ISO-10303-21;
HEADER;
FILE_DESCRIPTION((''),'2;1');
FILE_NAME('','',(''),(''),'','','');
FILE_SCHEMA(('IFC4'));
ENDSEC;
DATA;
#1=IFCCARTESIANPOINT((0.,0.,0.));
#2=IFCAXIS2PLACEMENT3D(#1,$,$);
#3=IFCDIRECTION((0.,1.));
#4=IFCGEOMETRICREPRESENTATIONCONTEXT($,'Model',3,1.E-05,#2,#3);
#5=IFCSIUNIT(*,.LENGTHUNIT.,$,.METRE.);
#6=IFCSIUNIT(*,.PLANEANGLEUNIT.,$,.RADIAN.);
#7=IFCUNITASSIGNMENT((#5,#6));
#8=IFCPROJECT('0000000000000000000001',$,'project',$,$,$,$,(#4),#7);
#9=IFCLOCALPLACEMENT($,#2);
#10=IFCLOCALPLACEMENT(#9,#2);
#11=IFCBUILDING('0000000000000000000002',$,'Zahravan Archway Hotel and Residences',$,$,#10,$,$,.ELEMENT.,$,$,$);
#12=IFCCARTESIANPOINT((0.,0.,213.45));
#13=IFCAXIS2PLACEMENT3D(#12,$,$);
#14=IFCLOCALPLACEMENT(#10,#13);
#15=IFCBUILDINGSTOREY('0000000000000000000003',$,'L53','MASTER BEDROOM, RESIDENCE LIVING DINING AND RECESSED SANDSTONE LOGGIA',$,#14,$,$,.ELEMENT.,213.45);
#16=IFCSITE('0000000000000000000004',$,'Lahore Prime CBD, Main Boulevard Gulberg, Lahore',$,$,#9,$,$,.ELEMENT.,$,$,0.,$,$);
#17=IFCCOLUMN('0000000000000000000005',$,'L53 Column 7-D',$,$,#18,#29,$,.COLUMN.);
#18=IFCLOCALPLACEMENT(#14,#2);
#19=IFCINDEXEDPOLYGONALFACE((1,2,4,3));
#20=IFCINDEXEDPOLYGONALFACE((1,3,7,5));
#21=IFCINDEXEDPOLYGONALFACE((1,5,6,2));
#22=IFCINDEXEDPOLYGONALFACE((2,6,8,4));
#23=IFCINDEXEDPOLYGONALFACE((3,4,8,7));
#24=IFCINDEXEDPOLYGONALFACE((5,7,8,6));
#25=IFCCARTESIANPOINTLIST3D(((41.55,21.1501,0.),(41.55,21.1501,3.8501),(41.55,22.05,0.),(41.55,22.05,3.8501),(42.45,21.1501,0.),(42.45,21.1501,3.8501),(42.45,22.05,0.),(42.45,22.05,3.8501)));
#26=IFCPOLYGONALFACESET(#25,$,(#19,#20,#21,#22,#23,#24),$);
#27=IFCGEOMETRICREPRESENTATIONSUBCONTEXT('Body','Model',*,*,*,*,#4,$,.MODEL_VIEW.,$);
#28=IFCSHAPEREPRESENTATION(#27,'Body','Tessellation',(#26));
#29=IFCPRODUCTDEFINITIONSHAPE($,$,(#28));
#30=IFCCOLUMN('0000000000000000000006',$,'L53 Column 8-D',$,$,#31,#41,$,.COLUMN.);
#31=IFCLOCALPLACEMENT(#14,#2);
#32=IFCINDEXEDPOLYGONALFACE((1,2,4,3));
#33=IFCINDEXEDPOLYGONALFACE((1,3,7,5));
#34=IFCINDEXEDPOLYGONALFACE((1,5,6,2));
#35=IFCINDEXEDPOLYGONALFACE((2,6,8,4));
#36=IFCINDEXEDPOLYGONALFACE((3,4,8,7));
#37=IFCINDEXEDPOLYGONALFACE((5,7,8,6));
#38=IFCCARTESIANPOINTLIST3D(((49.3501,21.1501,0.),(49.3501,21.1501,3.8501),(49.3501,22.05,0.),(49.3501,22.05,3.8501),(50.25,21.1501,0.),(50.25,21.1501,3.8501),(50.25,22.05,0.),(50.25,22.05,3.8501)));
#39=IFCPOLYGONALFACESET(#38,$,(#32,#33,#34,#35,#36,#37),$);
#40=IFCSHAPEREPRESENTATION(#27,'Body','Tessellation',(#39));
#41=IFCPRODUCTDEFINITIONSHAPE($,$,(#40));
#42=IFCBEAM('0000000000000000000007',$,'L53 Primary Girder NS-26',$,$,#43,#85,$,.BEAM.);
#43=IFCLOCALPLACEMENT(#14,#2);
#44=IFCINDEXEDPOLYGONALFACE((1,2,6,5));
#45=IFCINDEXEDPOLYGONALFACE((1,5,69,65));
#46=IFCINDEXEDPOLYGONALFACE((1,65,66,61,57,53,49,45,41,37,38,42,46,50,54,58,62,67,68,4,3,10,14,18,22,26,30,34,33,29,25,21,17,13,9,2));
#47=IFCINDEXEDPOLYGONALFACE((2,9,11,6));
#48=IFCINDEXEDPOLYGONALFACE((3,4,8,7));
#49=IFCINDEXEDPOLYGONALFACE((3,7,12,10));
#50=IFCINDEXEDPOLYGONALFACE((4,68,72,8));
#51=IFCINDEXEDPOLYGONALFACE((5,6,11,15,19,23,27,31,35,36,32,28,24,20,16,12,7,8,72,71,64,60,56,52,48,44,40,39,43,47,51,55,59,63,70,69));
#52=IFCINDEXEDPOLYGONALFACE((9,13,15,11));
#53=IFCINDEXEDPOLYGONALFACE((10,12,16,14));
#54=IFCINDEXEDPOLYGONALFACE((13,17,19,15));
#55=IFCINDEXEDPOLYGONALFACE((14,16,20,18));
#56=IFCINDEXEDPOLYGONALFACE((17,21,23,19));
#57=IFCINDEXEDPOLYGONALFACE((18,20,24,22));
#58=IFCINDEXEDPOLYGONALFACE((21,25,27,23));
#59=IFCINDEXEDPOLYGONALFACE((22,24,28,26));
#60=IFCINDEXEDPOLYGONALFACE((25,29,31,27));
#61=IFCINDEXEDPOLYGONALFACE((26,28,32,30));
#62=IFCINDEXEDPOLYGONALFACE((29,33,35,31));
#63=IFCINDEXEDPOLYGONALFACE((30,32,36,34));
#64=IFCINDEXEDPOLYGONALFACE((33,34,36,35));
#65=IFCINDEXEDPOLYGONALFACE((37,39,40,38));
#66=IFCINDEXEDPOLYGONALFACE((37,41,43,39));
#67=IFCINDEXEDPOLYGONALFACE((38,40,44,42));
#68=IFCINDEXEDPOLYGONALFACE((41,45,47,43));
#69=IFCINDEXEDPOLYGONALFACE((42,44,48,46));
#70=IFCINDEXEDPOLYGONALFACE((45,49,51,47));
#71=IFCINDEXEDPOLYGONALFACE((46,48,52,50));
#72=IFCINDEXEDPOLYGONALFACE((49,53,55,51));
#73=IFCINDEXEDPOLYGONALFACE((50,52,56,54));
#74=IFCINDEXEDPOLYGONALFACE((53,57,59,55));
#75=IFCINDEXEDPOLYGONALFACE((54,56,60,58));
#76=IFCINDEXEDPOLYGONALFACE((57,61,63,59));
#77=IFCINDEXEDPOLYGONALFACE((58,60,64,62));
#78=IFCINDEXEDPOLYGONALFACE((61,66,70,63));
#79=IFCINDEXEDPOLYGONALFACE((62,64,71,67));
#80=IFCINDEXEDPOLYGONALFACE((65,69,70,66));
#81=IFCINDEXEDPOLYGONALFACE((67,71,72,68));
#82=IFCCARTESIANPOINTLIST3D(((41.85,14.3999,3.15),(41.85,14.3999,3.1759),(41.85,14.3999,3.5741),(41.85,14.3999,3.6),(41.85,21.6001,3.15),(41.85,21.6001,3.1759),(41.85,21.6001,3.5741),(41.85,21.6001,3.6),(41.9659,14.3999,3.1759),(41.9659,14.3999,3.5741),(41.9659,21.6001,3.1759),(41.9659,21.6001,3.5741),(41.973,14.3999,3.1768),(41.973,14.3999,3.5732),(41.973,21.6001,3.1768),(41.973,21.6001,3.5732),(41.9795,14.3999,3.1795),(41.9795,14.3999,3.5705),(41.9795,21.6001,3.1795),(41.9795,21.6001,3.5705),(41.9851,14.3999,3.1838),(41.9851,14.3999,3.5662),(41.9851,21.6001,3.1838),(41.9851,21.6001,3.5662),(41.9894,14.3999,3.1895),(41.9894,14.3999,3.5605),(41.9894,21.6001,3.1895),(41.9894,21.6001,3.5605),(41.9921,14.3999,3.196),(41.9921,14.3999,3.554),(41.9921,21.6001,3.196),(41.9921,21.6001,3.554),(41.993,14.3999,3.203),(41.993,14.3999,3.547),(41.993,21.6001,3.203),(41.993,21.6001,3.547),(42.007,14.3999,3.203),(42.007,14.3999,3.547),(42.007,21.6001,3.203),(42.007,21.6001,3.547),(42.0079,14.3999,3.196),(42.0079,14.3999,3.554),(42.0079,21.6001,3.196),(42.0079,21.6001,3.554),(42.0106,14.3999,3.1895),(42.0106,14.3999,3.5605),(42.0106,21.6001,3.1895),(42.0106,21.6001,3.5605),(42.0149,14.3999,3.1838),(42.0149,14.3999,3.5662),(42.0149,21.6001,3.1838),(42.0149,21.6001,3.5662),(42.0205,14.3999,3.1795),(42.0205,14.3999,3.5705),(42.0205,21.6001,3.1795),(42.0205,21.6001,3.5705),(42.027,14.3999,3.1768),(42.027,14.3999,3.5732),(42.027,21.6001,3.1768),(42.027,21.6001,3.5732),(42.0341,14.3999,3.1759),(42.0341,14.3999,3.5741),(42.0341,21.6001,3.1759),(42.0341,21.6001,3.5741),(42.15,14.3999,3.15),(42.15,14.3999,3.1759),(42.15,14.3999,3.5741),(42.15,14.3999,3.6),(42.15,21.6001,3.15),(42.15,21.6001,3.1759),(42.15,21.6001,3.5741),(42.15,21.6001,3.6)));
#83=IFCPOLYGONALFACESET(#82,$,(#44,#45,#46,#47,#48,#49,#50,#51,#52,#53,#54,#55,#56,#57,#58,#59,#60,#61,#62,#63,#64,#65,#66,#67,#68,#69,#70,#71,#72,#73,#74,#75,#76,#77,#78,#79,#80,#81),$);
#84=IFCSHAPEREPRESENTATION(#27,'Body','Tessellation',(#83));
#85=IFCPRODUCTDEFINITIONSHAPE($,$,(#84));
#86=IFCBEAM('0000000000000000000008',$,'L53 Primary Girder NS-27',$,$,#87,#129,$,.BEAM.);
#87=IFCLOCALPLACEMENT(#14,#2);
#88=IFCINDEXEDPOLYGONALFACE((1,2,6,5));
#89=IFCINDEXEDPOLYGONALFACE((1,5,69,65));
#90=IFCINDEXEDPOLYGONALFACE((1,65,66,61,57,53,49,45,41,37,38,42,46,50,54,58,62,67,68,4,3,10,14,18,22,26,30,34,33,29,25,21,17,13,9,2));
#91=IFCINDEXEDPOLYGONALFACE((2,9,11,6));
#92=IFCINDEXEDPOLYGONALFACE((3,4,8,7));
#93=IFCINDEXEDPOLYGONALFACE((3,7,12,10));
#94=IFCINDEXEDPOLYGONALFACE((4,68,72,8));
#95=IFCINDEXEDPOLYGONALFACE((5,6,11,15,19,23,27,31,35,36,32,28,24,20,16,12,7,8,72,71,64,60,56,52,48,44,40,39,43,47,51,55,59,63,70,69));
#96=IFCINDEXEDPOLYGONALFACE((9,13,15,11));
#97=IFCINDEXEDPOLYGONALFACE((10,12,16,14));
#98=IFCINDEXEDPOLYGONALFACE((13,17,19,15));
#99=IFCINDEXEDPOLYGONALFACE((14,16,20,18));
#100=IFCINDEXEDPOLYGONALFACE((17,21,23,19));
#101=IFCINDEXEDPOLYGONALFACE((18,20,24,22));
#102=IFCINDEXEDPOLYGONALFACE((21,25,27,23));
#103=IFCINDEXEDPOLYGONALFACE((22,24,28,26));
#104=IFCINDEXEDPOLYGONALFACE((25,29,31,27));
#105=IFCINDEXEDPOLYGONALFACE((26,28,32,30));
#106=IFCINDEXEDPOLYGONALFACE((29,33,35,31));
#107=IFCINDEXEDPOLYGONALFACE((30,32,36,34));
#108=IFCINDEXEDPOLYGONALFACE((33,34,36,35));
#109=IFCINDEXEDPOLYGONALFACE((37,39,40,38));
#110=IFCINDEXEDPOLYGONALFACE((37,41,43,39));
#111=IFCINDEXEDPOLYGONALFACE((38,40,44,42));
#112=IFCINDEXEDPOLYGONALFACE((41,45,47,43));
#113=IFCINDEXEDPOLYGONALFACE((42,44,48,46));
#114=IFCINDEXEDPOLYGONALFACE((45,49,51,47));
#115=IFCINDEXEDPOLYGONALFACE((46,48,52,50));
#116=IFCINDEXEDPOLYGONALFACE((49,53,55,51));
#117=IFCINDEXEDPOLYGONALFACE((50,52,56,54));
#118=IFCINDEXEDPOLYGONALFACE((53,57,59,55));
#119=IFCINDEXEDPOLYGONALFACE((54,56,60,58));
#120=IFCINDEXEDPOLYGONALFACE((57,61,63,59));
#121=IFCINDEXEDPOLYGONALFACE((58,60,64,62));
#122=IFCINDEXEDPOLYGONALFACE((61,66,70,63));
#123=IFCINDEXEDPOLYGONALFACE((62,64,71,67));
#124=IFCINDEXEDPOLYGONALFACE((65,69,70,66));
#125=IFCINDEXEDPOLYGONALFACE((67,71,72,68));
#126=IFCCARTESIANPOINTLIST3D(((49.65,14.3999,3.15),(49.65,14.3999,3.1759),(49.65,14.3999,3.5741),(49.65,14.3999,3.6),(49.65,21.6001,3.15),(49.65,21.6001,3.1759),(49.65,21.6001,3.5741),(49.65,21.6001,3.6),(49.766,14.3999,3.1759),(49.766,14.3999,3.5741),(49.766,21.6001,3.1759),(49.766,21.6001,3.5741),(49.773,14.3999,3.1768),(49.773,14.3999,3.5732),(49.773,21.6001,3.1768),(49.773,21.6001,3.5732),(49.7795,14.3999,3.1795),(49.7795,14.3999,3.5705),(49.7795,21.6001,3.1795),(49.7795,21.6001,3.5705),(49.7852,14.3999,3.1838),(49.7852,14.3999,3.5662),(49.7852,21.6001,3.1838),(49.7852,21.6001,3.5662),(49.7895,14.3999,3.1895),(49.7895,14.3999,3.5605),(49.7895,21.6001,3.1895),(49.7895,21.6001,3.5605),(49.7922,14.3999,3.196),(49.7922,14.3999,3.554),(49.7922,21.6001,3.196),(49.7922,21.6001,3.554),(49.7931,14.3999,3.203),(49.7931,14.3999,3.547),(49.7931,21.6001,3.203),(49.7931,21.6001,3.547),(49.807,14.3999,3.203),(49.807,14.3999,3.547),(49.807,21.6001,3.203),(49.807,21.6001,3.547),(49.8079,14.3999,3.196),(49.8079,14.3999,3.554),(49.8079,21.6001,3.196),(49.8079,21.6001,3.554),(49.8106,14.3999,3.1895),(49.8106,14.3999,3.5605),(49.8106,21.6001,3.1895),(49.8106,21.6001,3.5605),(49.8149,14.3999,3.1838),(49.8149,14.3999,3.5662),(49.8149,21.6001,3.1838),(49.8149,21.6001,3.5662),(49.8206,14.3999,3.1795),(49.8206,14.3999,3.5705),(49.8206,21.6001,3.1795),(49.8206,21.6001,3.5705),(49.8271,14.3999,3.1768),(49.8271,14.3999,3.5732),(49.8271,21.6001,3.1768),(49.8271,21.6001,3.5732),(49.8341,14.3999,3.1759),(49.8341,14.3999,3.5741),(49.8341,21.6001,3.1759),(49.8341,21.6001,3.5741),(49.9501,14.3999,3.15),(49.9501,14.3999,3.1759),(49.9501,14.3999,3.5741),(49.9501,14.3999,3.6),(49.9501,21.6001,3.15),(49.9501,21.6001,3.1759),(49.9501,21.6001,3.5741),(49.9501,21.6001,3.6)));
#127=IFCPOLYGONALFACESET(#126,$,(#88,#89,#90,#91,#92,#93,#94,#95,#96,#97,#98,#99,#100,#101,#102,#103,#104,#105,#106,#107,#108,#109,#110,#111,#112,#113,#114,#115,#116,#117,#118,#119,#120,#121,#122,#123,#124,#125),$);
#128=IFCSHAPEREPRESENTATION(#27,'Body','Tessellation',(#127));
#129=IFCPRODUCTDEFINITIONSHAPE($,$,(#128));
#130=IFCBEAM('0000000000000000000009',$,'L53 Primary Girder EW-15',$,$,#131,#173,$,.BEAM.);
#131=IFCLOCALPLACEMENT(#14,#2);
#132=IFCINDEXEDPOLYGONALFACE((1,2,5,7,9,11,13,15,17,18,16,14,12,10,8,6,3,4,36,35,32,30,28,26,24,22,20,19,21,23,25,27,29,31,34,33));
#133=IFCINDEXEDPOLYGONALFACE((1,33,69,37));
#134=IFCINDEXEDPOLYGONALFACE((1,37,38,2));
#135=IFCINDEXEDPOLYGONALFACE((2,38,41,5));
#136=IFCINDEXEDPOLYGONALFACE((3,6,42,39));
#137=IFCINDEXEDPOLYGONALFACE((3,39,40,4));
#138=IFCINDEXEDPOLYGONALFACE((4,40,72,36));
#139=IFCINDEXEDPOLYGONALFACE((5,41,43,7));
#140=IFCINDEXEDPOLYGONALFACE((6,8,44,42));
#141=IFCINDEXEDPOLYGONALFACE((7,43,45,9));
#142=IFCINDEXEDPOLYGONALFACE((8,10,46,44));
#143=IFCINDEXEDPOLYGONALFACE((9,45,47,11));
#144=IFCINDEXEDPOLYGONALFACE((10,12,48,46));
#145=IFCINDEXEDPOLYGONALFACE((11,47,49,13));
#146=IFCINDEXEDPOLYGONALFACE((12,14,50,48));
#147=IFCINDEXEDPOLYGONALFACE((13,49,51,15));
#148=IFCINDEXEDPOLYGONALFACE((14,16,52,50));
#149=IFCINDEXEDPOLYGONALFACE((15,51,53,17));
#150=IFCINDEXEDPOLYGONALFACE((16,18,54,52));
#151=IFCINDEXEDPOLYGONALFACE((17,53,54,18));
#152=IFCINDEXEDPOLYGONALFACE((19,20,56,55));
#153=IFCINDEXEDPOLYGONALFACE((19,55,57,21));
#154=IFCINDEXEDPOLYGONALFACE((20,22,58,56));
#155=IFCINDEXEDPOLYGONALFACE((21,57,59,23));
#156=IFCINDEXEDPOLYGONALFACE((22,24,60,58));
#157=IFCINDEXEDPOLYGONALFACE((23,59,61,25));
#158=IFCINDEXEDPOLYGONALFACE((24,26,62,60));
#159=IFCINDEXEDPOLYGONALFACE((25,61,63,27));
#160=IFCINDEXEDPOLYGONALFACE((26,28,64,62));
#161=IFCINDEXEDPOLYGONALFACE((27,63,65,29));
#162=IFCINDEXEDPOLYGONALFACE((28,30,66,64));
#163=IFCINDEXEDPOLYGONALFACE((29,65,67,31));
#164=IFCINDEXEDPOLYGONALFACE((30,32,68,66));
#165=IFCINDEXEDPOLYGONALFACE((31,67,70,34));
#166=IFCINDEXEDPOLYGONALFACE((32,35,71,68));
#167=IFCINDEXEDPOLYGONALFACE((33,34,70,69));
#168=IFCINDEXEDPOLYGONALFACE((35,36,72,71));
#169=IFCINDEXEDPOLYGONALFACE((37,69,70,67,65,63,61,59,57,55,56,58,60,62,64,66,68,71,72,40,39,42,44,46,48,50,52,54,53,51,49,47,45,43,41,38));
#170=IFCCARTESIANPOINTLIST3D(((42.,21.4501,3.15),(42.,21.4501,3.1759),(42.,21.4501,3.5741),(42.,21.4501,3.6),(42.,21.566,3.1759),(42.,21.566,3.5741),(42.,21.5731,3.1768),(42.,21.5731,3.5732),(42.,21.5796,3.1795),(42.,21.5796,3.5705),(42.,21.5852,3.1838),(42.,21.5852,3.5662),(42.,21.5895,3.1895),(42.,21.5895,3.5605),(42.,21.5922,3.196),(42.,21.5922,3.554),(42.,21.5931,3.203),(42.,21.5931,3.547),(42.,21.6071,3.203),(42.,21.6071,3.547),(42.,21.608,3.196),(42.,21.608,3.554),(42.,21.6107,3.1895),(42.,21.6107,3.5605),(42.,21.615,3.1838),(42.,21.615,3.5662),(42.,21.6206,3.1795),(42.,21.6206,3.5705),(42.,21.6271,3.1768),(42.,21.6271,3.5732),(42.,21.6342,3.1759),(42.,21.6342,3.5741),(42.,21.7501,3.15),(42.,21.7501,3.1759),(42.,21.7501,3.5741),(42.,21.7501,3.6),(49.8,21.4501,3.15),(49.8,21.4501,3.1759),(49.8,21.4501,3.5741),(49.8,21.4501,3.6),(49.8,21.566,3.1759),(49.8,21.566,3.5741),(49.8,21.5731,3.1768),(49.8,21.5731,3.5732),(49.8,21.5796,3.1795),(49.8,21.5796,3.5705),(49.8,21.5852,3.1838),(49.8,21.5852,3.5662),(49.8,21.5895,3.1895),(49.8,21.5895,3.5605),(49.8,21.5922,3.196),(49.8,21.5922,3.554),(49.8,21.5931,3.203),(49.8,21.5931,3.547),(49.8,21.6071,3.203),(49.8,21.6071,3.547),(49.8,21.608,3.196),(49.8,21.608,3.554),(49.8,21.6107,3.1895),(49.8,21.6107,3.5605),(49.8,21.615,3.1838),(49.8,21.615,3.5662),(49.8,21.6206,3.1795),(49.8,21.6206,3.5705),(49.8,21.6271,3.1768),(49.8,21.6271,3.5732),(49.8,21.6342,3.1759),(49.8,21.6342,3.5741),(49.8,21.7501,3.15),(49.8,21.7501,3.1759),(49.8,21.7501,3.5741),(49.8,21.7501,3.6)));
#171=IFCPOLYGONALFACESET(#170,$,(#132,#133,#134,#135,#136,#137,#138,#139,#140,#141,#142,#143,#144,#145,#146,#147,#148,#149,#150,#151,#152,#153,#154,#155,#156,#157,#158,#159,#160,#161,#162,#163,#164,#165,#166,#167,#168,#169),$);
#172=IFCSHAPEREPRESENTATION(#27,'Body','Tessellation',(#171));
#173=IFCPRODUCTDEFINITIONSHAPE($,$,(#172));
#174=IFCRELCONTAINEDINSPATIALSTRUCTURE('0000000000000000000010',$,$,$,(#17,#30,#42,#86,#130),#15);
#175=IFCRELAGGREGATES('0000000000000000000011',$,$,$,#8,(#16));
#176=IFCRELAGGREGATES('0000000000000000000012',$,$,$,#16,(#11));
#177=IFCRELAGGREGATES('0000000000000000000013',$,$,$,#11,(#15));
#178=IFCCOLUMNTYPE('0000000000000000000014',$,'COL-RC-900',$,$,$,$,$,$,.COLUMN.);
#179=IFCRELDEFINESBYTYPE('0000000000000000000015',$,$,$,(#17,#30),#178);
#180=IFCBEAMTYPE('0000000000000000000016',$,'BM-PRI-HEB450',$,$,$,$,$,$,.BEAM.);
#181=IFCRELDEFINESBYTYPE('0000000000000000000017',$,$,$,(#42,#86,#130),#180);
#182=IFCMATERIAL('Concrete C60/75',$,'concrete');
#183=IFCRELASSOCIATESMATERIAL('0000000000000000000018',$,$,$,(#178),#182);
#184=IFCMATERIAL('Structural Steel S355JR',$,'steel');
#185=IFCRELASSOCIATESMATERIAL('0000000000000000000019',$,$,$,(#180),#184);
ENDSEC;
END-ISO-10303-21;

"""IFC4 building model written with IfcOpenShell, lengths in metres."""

from ifc_helpers import new_model, si_unit, direction, frame, origin, origin_2d, place, context, subcontext, project, spatial, rectangle, i_section, extrude, source, transform, mapped, material, material_profile, profile_set, type_object, type_shapes, element, save


model = new_model("IFC4")

# Units and contexts
model_context = context("Model", 3, precision=1e-05, world=origin(), true_north=direction((0.0, 1.0)))
body_context = subcontext(model_context, "Body", "Model", "MODEL_VIEW")
ifc_project = project(units=[si_unit("LENGTHUNIT", "METRE"), si_unit("PLANEANGLEUNIT", "RADIAN")], contexts=[model_context])

# Site, building, storey
site_placement = place(None, origin())
site = spatial("IfcSite", under=ifc_project, at=site_placement, Name="Lahore Prime CBD, Main Boulevard Gulberg, Lahore", CompositionType="ELEMENT", RefElevation=0.0)
building_placement = place(site_placement, origin())
building = spatial("IfcBuilding", under=site, at=building_placement, Name="Zahravan Archway Hotel and Residences", CompositionType="ELEMENT")
storey_placement = place(building_placement, frame((0.0, 0.0, 213.45)))
storey = spatial("IfcBuildingStorey", under=building, at=storey_placement, Name="L53", Description="MASTER BEDROOM, RESIDENCE LIVING DINING AND RECESSED SANDSTONE LOGGIA", CompositionType="ELEMENT", Elevation=213.45)

# Columns
ifc_material_1 = material(Name="Concrete C60/75", Category="concrete")
ifc_material_profile_1 = material_profile(ifc_material_1, rectangle(XDim=0.8999, YDim=0.8999, at=origin_2d()), Name="RC-COL-900x900", Category="concrete")
ifc_profile_set_1 = profile_set([ifc_material_profile_1], Name="Concrete C60/75")
column_type = type_object("IfcColumnType", Name="COL-RC-900", PredefinedType="COLUMN", material=ifc_profile_set_1)
shared_shape_1 = source(origin(), body_context, "Body", "SweptSolid", [
    extrude(rectangle(XDim=0.8999, YDim=0.8999, at=origin_2d()), origin(), (0.0, 0.0, 1.0), 3.8501),
])
type_shapes(column_type, [shared_shape_1])
for number, where, z_axis, x_axis, name in (
    (1, (42.0, 21.6001, 0.0), (0.0, 0.0, 1.0), (1.0, 0.0, 0.0), "L53 Column 7-D"),
    (2, (49.8, 21.6001, 0.0), (0.0, 0.0, 1.0), (1.0, 0.0, 0.0), "L53 Column 8-D"),
):
    element("IfcColumn", number, at=place(storey_placement, frame(where, z_axis=z_axis, x_axis=x_axis)), inside=storey, type_object=column_type, Name=name, PredefinedType="COLUMN", context=body_context, shape_type="MappedRepresentation", body=[
        mapped(shared_shape_1, transform((0.0, 0.0, 0.0), scale=1.0)),
    ])

# Beams
ifc_material_2 = material(Name="Structural Steel S355JR", Category="steel")
ifc_material_profile_2 = material_profile(ifc_material_2, i_section(OverallWidth=0.3, OverallDepth=0.45, WebThickness=0.0139, FlangeThickness=0.0259, FilletRadius=0.0271, at=origin_2d()), Name="HEB 450", Category="steel")
ifc_profile_set_2 = profile_set([ifc_material_profile_2], Name="Structural Steel S355JR")
beam_type = type_object("IfcBeamType", Name="BM-PRI-HEB450", PredefinedType="BEAM", material=ifc_profile_set_2)
shared_shape_2 = source(origin(), body_context, "Body", "SweptSolid", [
    extrude(i_section(OverallWidth=0.3, OverallDepth=0.45, WebThickness=0.0139, FlangeThickness=0.0259, FilletRadius=0.0271, at=origin_2d()), origin(), (0.0, 0.0, 1.0), 7.2002),
])
type_shapes(beam_type, [shared_shape_2])
for number, where, z_axis, x_axis, name in (
    (3, (42.0, 14.3999, 3.375), (0.0, 1.0, 0.0), (-1.0, 0.0, 0.0), "L53 Primary Girder NS-26"),
    (4, (49.8, 14.3999, 3.375), (0.0, 1.0, 0.0), (-1.0, 0.0, 0.0), "L53 Primary Girder NS-27"),
):
    element("IfcBeam", number, at=place(storey_placement, frame(where, z_axis=z_axis, x_axis=x_axis)), inside=storey, type_object=beam_type, Name=name, PredefinedType="BEAM", context=body_context, shape_type="MappedRepresentation", body=[
        mapped(shared_shape_2, transform((0.0, 0.0, 0.0), scale=1.0)),
    ])
shared_shape_3 = source(origin(), body_context, "Body", "SweptSolid", [
    extrude(i_section(OverallWidth=0.3, OverallDepth=0.45, WebThickness=0.0139, FlangeThickness=0.0259, FilletRadius=0.0271, at=origin_2d()), origin(), (0.0, 0.0, 1.0), 7.8),
])
beam_placement = place(storey_placement, frame((42.0, 21.6001, 3.375), z_axis=(1.0, 0.0, 0.0), x_axis=(0.0, 1.0, 0.0)))
element("IfcBeam", 5, at=beam_placement, inside=storey, type_object=beam_type, Name="L53 Primary Girder EW-15", PredefinedType="BEAM", context=body_context, shape_type="MappedRepresentation", body=[
    mapped(shared_shape_3, transform((0.0, 0.0, 0.0), scale=1.0)),
])

save(model, "model.ifc")
